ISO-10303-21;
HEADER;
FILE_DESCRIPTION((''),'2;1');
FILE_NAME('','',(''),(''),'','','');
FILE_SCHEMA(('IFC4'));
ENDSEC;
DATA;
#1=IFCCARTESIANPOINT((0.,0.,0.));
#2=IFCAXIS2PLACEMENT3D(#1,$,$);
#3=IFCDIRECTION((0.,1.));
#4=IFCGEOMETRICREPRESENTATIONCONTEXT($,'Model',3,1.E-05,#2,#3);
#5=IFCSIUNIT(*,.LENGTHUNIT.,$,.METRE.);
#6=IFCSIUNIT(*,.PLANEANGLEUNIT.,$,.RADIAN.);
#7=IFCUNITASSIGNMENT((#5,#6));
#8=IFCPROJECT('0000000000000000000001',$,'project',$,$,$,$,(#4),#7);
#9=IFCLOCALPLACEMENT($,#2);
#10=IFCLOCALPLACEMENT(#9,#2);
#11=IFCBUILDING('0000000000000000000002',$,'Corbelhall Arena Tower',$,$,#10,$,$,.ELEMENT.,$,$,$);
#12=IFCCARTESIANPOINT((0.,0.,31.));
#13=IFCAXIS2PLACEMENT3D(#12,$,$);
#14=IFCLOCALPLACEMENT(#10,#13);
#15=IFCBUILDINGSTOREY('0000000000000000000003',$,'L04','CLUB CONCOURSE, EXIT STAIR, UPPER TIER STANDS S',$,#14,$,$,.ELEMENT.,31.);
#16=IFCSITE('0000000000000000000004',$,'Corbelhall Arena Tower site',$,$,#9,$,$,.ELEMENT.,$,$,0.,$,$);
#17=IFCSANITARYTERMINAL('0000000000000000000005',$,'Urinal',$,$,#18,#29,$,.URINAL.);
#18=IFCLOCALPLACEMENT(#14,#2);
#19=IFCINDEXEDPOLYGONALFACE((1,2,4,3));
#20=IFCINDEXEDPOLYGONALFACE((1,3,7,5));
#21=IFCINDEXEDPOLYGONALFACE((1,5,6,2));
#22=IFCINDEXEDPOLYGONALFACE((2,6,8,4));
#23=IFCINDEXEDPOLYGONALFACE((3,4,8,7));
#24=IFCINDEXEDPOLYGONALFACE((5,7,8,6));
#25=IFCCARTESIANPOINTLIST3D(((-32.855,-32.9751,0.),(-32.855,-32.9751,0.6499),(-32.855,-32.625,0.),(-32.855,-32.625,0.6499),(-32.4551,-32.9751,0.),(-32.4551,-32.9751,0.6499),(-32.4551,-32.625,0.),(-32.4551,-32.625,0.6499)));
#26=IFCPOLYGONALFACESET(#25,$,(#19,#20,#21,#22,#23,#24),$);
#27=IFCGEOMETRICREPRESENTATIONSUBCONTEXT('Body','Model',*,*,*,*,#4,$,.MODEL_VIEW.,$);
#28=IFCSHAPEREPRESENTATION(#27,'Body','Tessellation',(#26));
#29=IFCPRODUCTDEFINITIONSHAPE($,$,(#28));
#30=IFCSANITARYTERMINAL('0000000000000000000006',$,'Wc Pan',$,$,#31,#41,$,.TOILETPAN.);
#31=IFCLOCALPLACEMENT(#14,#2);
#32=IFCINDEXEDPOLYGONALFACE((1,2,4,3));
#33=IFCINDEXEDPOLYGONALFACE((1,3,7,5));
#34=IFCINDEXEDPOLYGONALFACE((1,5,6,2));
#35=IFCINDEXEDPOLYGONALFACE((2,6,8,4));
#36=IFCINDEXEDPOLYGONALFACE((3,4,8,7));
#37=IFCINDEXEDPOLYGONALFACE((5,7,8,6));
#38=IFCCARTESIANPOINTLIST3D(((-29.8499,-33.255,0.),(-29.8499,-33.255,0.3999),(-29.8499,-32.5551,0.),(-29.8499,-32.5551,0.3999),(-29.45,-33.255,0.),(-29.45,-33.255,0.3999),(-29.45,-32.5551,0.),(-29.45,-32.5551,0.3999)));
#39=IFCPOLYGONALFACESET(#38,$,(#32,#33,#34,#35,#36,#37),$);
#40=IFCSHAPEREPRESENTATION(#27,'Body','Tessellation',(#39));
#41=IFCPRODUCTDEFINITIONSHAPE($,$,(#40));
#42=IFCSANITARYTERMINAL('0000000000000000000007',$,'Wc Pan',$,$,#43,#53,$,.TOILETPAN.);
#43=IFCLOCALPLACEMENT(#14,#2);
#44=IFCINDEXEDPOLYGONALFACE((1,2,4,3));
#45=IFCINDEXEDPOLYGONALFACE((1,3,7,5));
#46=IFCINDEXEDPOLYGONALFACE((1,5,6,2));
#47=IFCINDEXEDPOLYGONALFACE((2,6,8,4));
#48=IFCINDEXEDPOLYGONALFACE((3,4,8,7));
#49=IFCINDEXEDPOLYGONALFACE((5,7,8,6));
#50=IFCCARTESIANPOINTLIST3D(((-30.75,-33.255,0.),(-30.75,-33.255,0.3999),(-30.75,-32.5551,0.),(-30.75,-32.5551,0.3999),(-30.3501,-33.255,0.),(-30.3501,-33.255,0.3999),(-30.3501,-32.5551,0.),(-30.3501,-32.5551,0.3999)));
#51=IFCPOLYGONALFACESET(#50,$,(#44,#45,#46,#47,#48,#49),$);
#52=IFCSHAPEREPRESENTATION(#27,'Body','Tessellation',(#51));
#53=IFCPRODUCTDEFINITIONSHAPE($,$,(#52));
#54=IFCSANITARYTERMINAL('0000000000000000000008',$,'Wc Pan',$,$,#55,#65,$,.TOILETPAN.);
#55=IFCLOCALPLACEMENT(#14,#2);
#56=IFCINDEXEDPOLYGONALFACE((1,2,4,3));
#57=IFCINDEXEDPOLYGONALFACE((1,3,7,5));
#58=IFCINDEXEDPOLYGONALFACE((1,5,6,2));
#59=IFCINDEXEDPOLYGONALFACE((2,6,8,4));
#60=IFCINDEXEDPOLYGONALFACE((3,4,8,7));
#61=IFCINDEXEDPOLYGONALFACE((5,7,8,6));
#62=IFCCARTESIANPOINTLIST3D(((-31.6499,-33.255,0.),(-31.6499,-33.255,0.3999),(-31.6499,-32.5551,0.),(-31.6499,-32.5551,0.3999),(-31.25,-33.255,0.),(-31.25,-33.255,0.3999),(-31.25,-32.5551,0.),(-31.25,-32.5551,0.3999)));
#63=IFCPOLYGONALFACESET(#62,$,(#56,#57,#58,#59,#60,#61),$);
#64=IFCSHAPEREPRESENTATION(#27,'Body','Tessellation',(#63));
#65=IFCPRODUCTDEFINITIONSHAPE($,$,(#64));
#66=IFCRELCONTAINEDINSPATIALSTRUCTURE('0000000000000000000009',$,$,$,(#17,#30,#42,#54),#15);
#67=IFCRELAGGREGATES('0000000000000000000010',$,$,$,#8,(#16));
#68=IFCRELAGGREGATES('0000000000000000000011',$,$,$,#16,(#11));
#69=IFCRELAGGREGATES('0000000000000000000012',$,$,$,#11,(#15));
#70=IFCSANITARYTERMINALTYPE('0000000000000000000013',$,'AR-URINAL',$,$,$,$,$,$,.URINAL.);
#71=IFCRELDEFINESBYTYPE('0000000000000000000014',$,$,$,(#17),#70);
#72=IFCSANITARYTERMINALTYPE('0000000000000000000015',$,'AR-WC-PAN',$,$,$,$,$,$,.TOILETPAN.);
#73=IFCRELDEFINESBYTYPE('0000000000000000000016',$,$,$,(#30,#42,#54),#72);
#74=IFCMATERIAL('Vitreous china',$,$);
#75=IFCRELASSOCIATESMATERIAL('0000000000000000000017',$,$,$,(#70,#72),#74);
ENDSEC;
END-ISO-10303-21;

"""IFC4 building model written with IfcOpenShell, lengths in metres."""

from ifc_helpers import new_model, si_unit, direction, frame, origin, origin_2d, place, context, subcontext, project, spatial, rectangle, extrude, material, type_object, element, save


model = new_model("IFC4")

# Units and contexts
model_context = context("Model", 3, precision=1e-05, world=origin(), true_north=direction((0.0, 1.0)))
body_context = subcontext(model_context, "Body", "Model", "MODEL_VIEW")
ifc_project = project(units=[si_unit("LENGTHUNIT", "METRE"), si_unit("PLANEANGLEUNIT", "RADIAN")], contexts=[model_context])

# Site, building, storey
site_placement = place(None, origin())
site = spatial("IfcSite", under=ifc_project, at=site_placement, Name="Corbelhall Arena Tower site", CompositionType="ELEMENT", RefElevation=0.0)
building_placement = place(site_placement, origin())
building = spatial("IfcBuilding", under=site, at=building_placement, Name="Corbelhall Arena Tower", CompositionType="ELEMENT")
storey_placement = place(building_placement, frame((0.0, 0.0, 31.0)))
storey = spatial("IfcBuildingStorey", under=building, at=storey_placement, Name="L04", Description="CLUB CONCOURSE, EXIT STAIR, UPPER TIER STANDS S", CompositionType="ELEMENT", Elevation=31.0)

# Sanitary terminals
ifc_material_1 = material(Name="Vitreous china")
sanitary_terminal_type_1 = type_object("IfcSanitaryTerminalType", Name="AR-URINAL", PredefinedType="URINAL", material=ifc_material_1)
for number, where, z_axis, x_axis, name in (
    (1, (-32.655, -32.8, 0.0), (0.0, 0.0, 1.0), (1.0, 0.0, 0.0), "Urinal"),
):
    element("IfcSanitaryTerminal", number, at=place(storey_placement, frame(where, z_axis=z_axis, x_axis=x_axis)), inside=storey, type_object=sanitary_terminal_type_1, Name=name, PredefinedType="URINAL", context=body_context, shape_type="SweptSolid", body=[
        extrude(rectangle(XDim=0.3999, YDim=0.3501, at=origin_2d()), origin(), (0.0, 0.0, 1.0), 0.6499),
    ])
sanitary_terminal_type_2 = type_object("IfcSanitaryTerminalType", Name="AR-WC-PAN", PredefinedType="TOILETPAN", material=ifc_material_1)
for number, where, z_axis, x_axis, name in (
    (2, (-29.6499, -32.905, 0.0), (0.0, 0.0, 1.0), (1.0, 0.0, 0.0), "Wc Pan"),
    (3, (-30.55, -32.905, 0.0), (0.0, 0.0, 1.0), (1.0, 0.0, 0.0), "Wc Pan"),
    (4, (-31.45, -32.905, 0.0), (0.0, 0.0, 1.0), (1.0, 0.0, 0.0), "Wc Pan"),
):
    element("IfcSanitaryTerminal", number, at=place(storey_placement, frame(where, z_axis=z_axis, x_axis=x_axis)), inside=storey, type_object=sanitary_terminal_type_2, Name=name, PredefinedType="TOILETPAN", context=body_context, shape_type="SweptSolid", body=[
        extrude(rectangle(XDim=0.3999, YDim=0.7, at=origin_2d()), origin(), (0.0, 0.0, 1.0), 0.3999),
    ])

save(model, "model.ifc")
